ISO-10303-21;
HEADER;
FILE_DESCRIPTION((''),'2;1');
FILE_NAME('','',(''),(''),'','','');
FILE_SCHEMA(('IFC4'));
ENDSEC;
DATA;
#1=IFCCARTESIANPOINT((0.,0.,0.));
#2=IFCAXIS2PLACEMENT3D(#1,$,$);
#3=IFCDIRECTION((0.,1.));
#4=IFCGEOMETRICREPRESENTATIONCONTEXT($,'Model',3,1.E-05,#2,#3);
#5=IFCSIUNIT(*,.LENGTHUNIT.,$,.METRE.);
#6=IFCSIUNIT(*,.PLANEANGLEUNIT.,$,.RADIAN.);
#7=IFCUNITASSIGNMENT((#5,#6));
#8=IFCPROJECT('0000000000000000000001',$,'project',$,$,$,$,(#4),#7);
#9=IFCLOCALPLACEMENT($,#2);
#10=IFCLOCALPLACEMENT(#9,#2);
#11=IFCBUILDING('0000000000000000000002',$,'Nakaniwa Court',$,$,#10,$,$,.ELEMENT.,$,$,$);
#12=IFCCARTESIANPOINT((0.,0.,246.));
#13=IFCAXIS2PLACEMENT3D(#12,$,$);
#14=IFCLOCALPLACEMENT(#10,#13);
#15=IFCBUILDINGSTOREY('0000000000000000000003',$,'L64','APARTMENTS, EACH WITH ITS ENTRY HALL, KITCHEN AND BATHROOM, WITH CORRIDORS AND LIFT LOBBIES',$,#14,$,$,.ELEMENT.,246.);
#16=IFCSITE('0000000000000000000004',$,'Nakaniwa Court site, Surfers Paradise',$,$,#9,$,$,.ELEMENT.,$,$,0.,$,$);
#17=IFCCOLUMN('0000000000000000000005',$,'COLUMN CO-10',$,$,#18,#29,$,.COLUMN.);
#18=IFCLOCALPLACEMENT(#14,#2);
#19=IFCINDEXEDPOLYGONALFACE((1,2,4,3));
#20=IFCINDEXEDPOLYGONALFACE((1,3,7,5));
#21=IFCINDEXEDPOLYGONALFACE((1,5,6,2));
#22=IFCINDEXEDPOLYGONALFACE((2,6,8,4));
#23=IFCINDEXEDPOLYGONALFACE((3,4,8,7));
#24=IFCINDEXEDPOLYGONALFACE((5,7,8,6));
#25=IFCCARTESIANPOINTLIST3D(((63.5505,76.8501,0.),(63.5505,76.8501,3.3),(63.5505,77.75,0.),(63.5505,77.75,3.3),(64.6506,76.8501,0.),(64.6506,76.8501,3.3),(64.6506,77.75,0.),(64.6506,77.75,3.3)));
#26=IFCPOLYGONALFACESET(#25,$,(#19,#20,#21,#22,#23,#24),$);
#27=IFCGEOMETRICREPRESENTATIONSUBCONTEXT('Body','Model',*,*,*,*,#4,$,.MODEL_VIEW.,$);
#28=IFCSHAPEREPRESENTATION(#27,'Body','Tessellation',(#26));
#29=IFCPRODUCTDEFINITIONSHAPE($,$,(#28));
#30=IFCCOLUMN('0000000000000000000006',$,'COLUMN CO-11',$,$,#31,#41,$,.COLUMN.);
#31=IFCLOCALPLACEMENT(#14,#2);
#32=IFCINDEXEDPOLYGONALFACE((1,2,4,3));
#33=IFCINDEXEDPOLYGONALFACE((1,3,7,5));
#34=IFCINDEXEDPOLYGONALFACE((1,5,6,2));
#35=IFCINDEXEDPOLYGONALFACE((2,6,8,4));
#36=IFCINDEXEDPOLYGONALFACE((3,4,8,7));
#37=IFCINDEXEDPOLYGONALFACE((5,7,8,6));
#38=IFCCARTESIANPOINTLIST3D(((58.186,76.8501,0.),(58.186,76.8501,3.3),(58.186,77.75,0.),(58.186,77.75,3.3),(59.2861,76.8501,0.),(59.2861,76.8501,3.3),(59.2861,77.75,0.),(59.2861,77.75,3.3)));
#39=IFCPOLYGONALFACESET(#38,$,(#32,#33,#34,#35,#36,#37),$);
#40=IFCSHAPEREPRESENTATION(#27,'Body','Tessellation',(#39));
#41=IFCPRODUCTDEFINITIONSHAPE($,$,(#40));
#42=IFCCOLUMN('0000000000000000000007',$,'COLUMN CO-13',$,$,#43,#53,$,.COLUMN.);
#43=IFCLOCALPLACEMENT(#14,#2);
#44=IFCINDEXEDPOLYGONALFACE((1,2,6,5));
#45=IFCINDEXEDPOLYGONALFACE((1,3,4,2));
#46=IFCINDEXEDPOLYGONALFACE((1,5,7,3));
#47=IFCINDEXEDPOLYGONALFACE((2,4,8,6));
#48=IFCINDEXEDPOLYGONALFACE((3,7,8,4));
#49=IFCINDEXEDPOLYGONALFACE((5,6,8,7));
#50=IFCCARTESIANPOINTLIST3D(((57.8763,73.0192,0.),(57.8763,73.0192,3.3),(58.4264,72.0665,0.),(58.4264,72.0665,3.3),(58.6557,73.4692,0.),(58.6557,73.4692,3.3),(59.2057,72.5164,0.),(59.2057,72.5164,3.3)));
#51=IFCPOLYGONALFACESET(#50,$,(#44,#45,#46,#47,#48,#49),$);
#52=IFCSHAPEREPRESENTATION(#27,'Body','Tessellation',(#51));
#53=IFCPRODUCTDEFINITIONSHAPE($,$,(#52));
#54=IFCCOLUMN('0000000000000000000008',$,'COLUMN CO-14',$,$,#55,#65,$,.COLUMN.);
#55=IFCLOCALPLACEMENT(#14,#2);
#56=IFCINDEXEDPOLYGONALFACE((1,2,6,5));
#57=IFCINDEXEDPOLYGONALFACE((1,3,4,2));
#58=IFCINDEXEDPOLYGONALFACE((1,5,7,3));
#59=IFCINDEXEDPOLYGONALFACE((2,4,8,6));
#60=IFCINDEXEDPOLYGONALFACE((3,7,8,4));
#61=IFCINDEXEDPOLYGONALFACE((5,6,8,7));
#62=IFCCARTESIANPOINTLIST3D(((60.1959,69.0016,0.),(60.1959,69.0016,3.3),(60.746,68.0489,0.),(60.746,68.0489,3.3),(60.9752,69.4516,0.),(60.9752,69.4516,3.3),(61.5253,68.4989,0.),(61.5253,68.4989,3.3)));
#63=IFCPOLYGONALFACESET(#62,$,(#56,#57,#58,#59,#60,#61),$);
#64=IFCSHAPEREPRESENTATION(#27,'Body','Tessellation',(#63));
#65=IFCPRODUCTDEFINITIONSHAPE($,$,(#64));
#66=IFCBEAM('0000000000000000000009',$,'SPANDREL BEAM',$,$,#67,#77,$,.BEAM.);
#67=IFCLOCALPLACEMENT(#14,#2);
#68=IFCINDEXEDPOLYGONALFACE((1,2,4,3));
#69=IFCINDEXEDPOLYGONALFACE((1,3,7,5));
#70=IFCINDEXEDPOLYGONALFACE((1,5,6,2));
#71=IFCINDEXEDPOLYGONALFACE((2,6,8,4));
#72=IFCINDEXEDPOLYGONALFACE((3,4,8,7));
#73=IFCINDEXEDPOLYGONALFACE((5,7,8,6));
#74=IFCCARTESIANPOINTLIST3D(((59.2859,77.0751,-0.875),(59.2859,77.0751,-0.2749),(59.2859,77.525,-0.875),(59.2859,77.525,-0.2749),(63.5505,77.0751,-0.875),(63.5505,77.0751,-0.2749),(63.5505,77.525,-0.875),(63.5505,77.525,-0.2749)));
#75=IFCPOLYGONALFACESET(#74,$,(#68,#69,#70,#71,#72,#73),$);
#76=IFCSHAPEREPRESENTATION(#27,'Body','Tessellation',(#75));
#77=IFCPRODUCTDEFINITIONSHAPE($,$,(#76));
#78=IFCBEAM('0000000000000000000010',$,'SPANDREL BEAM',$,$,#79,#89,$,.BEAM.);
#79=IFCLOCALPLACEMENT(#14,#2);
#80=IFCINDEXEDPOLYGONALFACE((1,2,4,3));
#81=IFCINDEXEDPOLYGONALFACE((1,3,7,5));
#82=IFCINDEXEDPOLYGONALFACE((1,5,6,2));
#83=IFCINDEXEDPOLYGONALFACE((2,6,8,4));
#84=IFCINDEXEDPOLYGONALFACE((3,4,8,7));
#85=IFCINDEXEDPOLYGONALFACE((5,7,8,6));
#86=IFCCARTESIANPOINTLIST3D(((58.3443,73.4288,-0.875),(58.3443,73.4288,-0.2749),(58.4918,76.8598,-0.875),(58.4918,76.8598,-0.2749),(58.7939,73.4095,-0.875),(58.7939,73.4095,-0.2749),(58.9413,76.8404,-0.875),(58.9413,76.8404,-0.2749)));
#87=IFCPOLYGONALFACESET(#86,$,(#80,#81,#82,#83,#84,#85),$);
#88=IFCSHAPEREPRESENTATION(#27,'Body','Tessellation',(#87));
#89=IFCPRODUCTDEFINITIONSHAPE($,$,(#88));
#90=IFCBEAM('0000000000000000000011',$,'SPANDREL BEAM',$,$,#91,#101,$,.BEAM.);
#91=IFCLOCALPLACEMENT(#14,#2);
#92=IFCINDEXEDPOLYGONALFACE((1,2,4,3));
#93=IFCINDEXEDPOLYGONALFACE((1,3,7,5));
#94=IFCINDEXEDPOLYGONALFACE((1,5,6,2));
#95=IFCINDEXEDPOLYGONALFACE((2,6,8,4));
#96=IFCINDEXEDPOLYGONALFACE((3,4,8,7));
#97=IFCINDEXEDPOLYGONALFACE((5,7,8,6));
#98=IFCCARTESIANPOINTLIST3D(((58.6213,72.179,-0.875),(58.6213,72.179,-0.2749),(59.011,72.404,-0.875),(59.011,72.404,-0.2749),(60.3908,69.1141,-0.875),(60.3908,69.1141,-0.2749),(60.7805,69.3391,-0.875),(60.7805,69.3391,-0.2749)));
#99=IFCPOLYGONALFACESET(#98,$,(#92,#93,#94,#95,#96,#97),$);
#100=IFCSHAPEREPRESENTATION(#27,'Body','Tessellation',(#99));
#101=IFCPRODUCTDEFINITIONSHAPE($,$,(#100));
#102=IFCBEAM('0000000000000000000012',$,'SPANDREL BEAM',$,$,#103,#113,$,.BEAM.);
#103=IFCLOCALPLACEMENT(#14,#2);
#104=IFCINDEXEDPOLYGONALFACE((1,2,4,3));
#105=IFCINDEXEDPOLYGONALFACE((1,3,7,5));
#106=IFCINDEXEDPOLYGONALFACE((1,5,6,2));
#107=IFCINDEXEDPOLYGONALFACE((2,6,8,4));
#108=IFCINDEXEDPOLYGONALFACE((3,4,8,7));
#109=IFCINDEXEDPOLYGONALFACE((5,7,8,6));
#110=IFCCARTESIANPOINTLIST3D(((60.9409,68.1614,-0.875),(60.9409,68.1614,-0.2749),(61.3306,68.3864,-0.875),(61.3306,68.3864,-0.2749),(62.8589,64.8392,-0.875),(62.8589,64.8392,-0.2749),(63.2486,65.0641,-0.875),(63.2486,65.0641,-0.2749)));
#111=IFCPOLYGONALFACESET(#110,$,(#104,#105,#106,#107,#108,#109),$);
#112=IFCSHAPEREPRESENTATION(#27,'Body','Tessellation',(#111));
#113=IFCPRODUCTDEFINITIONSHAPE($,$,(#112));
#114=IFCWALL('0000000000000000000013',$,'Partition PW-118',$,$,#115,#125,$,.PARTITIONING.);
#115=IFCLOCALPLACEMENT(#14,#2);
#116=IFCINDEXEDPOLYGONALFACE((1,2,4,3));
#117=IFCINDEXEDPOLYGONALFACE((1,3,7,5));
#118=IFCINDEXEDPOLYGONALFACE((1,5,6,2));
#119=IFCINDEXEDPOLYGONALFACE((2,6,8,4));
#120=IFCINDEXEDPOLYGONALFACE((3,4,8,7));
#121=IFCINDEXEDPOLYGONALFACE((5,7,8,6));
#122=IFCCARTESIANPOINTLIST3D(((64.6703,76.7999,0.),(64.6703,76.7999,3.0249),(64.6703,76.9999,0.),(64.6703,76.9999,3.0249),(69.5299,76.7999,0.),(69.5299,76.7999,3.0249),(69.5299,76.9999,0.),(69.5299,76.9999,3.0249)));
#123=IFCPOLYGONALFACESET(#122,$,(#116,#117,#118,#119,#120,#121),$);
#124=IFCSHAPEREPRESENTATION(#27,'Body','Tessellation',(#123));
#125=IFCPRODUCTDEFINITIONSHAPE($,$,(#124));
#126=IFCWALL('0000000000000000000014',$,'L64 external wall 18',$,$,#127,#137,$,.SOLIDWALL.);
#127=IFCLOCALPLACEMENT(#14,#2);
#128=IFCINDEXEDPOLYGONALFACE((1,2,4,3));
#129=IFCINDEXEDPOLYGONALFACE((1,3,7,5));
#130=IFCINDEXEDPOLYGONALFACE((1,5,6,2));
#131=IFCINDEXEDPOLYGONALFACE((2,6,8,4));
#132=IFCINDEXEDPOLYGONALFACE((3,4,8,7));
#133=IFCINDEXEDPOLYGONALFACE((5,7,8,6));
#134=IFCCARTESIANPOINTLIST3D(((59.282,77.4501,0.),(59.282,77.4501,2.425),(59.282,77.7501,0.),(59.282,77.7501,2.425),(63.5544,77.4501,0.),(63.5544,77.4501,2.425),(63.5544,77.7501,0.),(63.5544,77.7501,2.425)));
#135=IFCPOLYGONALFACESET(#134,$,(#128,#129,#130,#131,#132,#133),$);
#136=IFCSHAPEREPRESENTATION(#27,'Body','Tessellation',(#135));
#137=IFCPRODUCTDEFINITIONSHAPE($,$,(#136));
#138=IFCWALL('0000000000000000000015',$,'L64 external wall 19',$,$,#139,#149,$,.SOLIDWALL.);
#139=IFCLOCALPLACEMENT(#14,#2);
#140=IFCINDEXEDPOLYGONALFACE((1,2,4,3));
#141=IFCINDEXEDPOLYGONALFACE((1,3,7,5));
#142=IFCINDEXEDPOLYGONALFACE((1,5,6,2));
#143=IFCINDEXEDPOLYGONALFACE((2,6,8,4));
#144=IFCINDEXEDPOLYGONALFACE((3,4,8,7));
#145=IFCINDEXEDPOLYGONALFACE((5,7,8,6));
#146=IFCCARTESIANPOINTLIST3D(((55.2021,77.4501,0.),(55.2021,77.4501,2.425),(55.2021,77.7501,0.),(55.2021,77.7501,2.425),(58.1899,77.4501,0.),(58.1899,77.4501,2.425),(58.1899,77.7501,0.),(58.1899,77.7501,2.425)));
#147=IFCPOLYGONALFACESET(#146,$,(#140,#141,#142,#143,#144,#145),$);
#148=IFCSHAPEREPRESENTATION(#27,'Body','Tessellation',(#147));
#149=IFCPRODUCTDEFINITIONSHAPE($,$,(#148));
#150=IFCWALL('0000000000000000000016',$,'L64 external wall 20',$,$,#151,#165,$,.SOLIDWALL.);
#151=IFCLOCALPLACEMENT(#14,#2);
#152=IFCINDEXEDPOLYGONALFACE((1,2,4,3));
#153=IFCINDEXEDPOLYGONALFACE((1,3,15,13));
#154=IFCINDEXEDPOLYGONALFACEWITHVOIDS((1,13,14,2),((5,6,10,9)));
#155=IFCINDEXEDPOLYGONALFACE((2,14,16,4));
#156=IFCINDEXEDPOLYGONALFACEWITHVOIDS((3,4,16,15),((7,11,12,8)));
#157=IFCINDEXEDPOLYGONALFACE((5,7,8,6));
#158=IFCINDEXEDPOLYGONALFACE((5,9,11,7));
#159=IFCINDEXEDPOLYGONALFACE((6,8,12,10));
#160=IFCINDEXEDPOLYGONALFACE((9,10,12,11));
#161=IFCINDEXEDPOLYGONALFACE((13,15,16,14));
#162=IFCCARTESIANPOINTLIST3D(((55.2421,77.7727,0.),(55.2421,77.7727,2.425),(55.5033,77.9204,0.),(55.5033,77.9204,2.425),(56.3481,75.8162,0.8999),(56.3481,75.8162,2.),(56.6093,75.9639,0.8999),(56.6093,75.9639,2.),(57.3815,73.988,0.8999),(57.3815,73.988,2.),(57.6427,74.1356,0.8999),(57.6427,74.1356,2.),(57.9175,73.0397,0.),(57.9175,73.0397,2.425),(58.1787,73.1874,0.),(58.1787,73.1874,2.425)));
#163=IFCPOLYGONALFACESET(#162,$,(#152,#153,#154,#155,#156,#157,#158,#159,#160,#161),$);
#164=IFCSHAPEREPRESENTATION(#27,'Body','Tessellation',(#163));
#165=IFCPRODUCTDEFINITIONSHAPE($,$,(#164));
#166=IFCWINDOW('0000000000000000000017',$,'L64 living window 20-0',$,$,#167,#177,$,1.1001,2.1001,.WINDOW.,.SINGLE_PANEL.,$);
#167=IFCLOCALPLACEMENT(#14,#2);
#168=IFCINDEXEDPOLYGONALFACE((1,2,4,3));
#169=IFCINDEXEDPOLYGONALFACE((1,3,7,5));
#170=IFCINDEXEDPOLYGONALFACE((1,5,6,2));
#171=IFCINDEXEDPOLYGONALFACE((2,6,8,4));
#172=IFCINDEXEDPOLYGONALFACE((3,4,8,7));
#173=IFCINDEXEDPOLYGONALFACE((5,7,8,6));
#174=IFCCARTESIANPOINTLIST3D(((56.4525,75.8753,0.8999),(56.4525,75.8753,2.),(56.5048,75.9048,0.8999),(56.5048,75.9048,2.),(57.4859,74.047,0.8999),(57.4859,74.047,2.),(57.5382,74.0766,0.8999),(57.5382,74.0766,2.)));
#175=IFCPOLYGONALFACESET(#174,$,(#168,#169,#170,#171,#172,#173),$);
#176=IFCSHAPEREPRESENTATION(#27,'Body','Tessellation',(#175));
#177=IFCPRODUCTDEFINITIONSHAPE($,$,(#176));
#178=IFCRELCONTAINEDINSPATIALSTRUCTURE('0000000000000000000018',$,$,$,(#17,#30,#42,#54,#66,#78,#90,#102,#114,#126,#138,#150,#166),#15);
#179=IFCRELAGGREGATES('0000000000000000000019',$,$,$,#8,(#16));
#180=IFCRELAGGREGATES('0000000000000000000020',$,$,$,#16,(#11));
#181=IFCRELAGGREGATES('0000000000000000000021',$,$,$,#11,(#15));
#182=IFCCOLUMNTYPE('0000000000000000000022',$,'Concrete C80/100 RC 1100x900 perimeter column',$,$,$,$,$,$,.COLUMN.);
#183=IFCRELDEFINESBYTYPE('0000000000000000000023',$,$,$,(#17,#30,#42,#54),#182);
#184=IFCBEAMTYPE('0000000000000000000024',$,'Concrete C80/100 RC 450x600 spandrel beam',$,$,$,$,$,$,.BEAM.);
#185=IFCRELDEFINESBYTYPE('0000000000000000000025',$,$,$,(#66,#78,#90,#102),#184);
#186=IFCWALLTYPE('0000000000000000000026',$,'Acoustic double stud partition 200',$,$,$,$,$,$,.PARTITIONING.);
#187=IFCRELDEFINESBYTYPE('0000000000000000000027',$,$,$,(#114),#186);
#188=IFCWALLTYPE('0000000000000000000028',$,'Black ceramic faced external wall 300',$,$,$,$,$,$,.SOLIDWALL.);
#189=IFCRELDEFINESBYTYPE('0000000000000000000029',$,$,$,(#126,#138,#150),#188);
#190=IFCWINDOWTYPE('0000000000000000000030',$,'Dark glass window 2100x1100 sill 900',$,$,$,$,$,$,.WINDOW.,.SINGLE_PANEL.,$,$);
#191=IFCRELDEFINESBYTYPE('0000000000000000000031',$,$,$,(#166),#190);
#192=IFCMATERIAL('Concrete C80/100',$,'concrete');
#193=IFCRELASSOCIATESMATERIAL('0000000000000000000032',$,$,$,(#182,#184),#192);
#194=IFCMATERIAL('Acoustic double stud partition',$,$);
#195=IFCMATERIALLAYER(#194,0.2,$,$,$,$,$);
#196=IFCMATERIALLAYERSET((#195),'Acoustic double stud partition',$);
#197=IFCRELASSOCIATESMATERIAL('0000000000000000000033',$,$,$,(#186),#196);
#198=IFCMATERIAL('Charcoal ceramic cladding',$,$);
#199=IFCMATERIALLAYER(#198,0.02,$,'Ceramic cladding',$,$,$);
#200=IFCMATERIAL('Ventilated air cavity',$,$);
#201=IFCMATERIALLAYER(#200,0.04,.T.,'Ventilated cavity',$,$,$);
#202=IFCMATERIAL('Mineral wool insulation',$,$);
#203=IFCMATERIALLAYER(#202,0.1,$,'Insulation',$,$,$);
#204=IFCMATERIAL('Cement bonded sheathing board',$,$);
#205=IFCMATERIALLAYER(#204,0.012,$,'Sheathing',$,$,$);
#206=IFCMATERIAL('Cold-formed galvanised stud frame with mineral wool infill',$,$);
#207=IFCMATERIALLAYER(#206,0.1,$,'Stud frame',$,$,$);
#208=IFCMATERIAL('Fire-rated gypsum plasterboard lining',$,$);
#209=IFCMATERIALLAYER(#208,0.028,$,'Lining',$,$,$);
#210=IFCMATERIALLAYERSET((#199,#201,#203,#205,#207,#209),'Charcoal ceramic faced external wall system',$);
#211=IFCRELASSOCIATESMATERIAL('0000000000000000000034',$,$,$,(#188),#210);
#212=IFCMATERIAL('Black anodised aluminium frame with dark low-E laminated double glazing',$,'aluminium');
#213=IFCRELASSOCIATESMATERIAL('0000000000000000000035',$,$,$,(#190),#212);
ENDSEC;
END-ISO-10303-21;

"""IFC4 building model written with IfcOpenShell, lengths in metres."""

from ifc_helpers import new_model, si_unit, direction, frame, frame_2d, origin, origin_2d, place, context, subcontext, project, spatial, rectangle, extrude, material, layer, layer_set, material_profile, profile_set, type_object, element, fill, save


model = new_model("IFC4")

# Units and contexts
model_context = context("Model", 3, precision=1e-05, world=origin(), true_north=direction((0.0, 1.0)))
body_context = subcontext(model_context, "Body", "Model", "MODEL_VIEW")
ifc_project = project(units=[si_unit("LENGTHUNIT", "METRE"), si_unit("PLANEANGLEUNIT", "RADIAN")], contexts=[model_context])

# Site, building, storey
site_placement = place(None, origin())
site = spatial("IfcSite", under=ifc_project, at=site_placement, Name="Nakaniwa Court site, Surfers Paradise", CompositionType="ELEMENT", RefElevation=0.0)
building_placement = place(site_placement, origin())
building = spatial("IfcBuilding", under=site, at=building_placement, Name="Nakaniwa Court", CompositionType="ELEMENT")
storey_placement = place(building_placement, frame((0.0, 0.0, 246.0)))
storey = spatial("IfcBuildingStorey", under=building, at=storey_placement, Name="L64", Description="APARTMENTS, EACH WITH ITS ENTRY HALL, KITCHEN AND BATHROOM, WITH CORRIDORS AND LIFT LOBBIES", CompositionType="ELEMENT", Elevation=246.0)

# Columns
ifc_material_1 = material(Name="Concrete C80/100", Category="concrete")
ifc_material_profile_1 = material_profile(ifc_material_1, rectangle(XDim=1.1001, YDim=0.8999, at=origin_2d()), Name="Concrete C80/100 RC 1100x900 perimeter column")
ifc_profile_set_1 = profile_set([ifc_material_profile_1], Name="Concrete C80/100")
column_type = type_object("IfcColumnType", Name="Concrete C80/100 RC 1100x900 perimeter column", PredefinedType="COLUMN", material=ifc_profile_set_1)
for number, where, z_axis, x_axis, name in (
    (1, (64.1006, 77.3, 0.0), (0.0, 0.0, 1.0), (-1.0, 0.0, 0.0), "COLUMN CO-10"),
    (2, (58.7361, 77.3, 0.0), (0.0, 0.0, 1.0), (-1.0, 0.0, 0.0), "COLUMN CO-11"),
    (3, (58.541, 72.7678, 0.0), (0.0, 0.0, 1.0), (0.5, -0.866025, 0.0), "COLUMN CO-13"),
    (4, (60.8606, 68.7502, 0.0), (0.0, 0.0, 1.0), (0.5, -0.866025, 0.0), "COLUMN CO-14"),
):
    element("IfcColumn", number, at=place(storey_placement, frame(where, z_axis=z_axis, x_axis=x_axis)), inside=storey, type_object=column_type, Name=name, PredefinedType="COLUMN", context=body_context, shape_type="SweptSolid", body=[
        extrude(rectangle(XDim=1.1001, YDim=0.8999, at=origin_2d()), origin(), (0.0, 0.0, 1.0), 3.3),
    ])

# Beams
ifc_material_profile_2 = material_profile(ifc_material_1, rectangle(XDim=0.45, YDim=0.6001, at=origin_2d()), Name="Concrete C80/100 RC 450x600 spandrel beam")
ifc_profile_set_2 = profile_set([ifc_material_profile_2], Name="Concrete C80/100")
beam_type = type_object("IfcBeamType", Name="Concrete C80/100 RC 450x600 spandrel beam", PredefinedType="BEAM", material=ifc_profile_set_2)
beam_1_placement = place(storey_placement, frame((63.5505, 77.3, -0.575), z_axis=(-1.0, 0.0, 0.0), x_axis=(0.0, -1.0, 0.0)))
element("IfcBeam", 5, at=beam_1_placement, inside=storey, type_object=beam_type, Name="SPANDREL BEAM", PredefinedType="BEAM", context=body_context, shape_type="SweptSolid", body=[
    extrude(rectangle(XDim=0.45, YDim=0.6001, at=origin_2d()), origin(), (0.0, 0.0, 1.0), 4.2646),
])
beam_2_placement = place(storey_placement, frame((58.7166, 76.8501, -0.575), z_axis=(-0.042941, -0.999078, 0.0), x_axis=(0.999078, -0.042941, 0.0)))
element("IfcBeam", 6, at=beam_2_placement, inside=storey, type_object=beam_type, Name="SPANDREL BEAM", PredefinedType="BEAM", context=body_context, shape_type="SweptSolid", body=[
    extrude(rectangle(XDim=0.45, YDim=0.6001, at=origin_2d()), origin(), (0.0, 0.0, 1.0), 3.4341),
])
beam_3_placement = place(storey_placement, frame((58.8162, 72.2915, -0.575), z_axis=(0.499997, -0.866027, 0.0), x_axis=(0.866027, 0.499997, 0.0)))
element("IfcBeam", 7, at=beam_3_placement, inside=storey, type_object=beam_type, Name="SPANDREL BEAM", PredefinedType="BEAM", context=body_context, shape_type="SweptSolid", body=[
    extrude(rectangle(XDim=0.45, YDim=0.6001, at=origin_2d()), origin(), (0.0, 0.0, 1.0), 3.5391),
])
beam_4_placement = place(storey_placement, frame((61.1357, 68.2739, -0.575), z_axis=(0.499972, -0.866041, 0.0), x_axis=(0.866041, 0.499972, 0.0)))
element("IfcBeam", 8, at=beam_4_placement, inside=storey, type_object=beam_type, Name="SPANDREL BEAM", PredefinedType="BEAM", context=body_context, shape_type="SweptSolid", body=[
    extrude(rectangle(XDim=0.45, YDim=0.6001, at=origin_2d()), origin(), (0.0, 0.0, 1.0), 3.8362),
])

# Walls
ifc_material_2 = material(Name="Acoustic double stud partition")
ifc_layer_1 = layer(ifc_material_2, 0.2)
ifc_layer_set_1 = layer_set([ifc_layer_1], Name="Acoustic double stud partition")
wall_type_1 = type_object("IfcWallType", Name="Acoustic double stud partition 200", PredefinedType="PARTITIONING", material=ifc_layer_set_1)
wall_1_placement = place(storey_placement, frame((64.6704, 76.8999, 0.0), z_axis=(0.0, 0.0, 1.0), x_axis=(1.0, 0.0, 0.0)))
element("IfcWall", 9, at=wall_1_placement, inside=storey, type_object=wall_type_1, Name="Partition PW-118", PredefinedType="PARTITIONING", context=body_context, shape_type="SweptSolid", body=[
    extrude(rectangle(XDim=4.8596, YDim=0.2, at=frame_2d((2.4297, 0.0))), origin(), (0.0, 0.0, 1.0), 3.0249),
])
ifc_material_3 = material(Name="Charcoal ceramic cladding")
ifc_layer_2 = layer(ifc_material_3, 0.02, Name="Ceramic cladding")
ifc_material_4 = material(Name="Ventilated air cavity")
ifc_layer_3 = layer(ifc_material_4, 0.04, ventilated=True, Name="Ventilated cavity")
ifc_material_5 = material(Name="Mineral wool insulation")
ifc_layer_4 = layer(ifc_material_5, 0.1, Name="Insulation")
ifc_material_6 = material(Name="Cement bonded sheathing board")
ifc_layer_5 = layer(ifc_material_6, 0.012, Name="Sheathing")
ifc_material_7 = material(Name="Cold-formed galvanised stud frame with mineral wool infill")
ifc_layer_6 = layer(ifc_material_7, 0.1, Name="Stud frame")
ifc_material_8 = material(Name="Fire-rated gypsum plasterboard lining")
ifc_layer_7 = layer(ifc_material_8, 0.028, Name="Lining")
ifc_layer_set_2 = layer_set([ifc_layer_2, ifc_layer_3, ifc_layer_4, ifc_layer_5, ifc_layer_6, ifc_layer_7], Name="Charcoal ceramic faced external wall system")
wall_type_2 = type_object("IfcWallType", Name="Black ceramic faced external wall 300", PredefinedType="SOLIDWALL", material=ifc_layer_set_2)
wall_2_placement = place(storey_placement, frame((63.5544, 77.6001, 0.0), z_axis=(0.0, 0.0, 1.0), x_axis=(-1.0, 0.0, 0.0)))
element("IfcWall", 10, at=wall_2_placement, inside=storey, type_object=wall_type_2, Name="L64 external wall 18", PredefinedType="SOLIDWALL", context=body_context, shape_type="SweptSolid", body=[
    extrude(rectangle(XDim=4.2725, YDim=0.3, at=frame_2d((2.1362, 0.0))), origin(), (0.0, 0.0, 1.0), 2.425),
])
wall_3_placement = place(storey_placement, frame((58.1899, 77.6001, 0.0), z_axis=(0.0, 0.0, 1.0), x_axis=(-1.0, 0.0, 0.0)))
element("IfcWall", 11, at=wall_3_placement, inside=storey, type_object=wall_type_2, Name="L64 external wall 19", PredefinedType="SOLIDWALL", context=body_context, shape_type="SweptSolid", body=[
    extrude(rectangle(XDim=2.9878, YDim=0.3, at=frame_2d((1.4939, 0.0))), origin(), (0.0, 0.0, 1.0), 2.425),
])

# Wall, opening, window
wall_4_placement = place(storey_placement, frame((55.3728, 77.8464, 0.0), z_axis=(0.0, 0.0, 1.0), x_axis=(0.492081, -0.870549, 0.0)))
wall_4 = element("IfcWall", 12, at=wall_4_placement, inside=storey, type_object=wall_type_2, Name="L64 external wall 20", PredefinedType="SOLIDWALL", context=body_context, shape_type="SweptSolid", body=[
    extrude(rectangle(XDim=5.4368, YDim=0.3, at=frame_2d((2.7183, 0.0))), origin(), (0.0, 0.0, 1.0), 2.425),
])
opening_1_placement = place(wall_4_placement, frame((2.2473, 0.0, 0.8999)))
opening_1 = element("IfcOpeningElement", 13, at=opening_1_placement, cuts=wall_4, PredefinedType="OPENING", context=body_context, shape_type="SweptSolid", body=[
    extrude(rectangle(XDim=2.1001, YDim=1.1001, at=frame_2d((1.05, 0.55))), frame((0.0, 0.1599, 0.0), z_axis=(0.0, -1.0, 0.0), x_axis=(1.0, 0.0, 0.0)), (0.0, 0.0, 1.0), 0.3201),
])
ifc_material_9 = material(Name="Black anodised aluminium frame with dark low-E laminated double glazing", Category="aluminium")
window_type_1 = type_object("IfcWindowType", Name="Dark glass window 2100x1100 sill 900", PartitioningType="SINGLE_PANEL", PredefinedType="WINDOW", material=ifc_material_9)
window_1_placement = place(opening_1_placement, origin())
window_1 = element("IfcWindow", 14, at=window_1_placement, inside=storey, type_object=window_type_1, Name="L64 living window 20-0", OverallHeight=1.1001, OverallWidth=2.1001, PartitioningType="SINGLE_PANEL", PredefinedType="WINDOW", context=body_context, shape_type="SweptSolid", body=[
    extrude(rectangle(XDim=2.1001, YDim=1.1001, at=frame_2d((1.05, 0.55))), frame((0.0, 0.03, 0.0), z_axis=(0.0, -1.0, 0.0), x_axis=(1.0, 0.0, 0.0)), (0.0, 0.0, 1.0), 0.0601),
])
fill(opening_1, window_1)

save(model, "model.ifc")
